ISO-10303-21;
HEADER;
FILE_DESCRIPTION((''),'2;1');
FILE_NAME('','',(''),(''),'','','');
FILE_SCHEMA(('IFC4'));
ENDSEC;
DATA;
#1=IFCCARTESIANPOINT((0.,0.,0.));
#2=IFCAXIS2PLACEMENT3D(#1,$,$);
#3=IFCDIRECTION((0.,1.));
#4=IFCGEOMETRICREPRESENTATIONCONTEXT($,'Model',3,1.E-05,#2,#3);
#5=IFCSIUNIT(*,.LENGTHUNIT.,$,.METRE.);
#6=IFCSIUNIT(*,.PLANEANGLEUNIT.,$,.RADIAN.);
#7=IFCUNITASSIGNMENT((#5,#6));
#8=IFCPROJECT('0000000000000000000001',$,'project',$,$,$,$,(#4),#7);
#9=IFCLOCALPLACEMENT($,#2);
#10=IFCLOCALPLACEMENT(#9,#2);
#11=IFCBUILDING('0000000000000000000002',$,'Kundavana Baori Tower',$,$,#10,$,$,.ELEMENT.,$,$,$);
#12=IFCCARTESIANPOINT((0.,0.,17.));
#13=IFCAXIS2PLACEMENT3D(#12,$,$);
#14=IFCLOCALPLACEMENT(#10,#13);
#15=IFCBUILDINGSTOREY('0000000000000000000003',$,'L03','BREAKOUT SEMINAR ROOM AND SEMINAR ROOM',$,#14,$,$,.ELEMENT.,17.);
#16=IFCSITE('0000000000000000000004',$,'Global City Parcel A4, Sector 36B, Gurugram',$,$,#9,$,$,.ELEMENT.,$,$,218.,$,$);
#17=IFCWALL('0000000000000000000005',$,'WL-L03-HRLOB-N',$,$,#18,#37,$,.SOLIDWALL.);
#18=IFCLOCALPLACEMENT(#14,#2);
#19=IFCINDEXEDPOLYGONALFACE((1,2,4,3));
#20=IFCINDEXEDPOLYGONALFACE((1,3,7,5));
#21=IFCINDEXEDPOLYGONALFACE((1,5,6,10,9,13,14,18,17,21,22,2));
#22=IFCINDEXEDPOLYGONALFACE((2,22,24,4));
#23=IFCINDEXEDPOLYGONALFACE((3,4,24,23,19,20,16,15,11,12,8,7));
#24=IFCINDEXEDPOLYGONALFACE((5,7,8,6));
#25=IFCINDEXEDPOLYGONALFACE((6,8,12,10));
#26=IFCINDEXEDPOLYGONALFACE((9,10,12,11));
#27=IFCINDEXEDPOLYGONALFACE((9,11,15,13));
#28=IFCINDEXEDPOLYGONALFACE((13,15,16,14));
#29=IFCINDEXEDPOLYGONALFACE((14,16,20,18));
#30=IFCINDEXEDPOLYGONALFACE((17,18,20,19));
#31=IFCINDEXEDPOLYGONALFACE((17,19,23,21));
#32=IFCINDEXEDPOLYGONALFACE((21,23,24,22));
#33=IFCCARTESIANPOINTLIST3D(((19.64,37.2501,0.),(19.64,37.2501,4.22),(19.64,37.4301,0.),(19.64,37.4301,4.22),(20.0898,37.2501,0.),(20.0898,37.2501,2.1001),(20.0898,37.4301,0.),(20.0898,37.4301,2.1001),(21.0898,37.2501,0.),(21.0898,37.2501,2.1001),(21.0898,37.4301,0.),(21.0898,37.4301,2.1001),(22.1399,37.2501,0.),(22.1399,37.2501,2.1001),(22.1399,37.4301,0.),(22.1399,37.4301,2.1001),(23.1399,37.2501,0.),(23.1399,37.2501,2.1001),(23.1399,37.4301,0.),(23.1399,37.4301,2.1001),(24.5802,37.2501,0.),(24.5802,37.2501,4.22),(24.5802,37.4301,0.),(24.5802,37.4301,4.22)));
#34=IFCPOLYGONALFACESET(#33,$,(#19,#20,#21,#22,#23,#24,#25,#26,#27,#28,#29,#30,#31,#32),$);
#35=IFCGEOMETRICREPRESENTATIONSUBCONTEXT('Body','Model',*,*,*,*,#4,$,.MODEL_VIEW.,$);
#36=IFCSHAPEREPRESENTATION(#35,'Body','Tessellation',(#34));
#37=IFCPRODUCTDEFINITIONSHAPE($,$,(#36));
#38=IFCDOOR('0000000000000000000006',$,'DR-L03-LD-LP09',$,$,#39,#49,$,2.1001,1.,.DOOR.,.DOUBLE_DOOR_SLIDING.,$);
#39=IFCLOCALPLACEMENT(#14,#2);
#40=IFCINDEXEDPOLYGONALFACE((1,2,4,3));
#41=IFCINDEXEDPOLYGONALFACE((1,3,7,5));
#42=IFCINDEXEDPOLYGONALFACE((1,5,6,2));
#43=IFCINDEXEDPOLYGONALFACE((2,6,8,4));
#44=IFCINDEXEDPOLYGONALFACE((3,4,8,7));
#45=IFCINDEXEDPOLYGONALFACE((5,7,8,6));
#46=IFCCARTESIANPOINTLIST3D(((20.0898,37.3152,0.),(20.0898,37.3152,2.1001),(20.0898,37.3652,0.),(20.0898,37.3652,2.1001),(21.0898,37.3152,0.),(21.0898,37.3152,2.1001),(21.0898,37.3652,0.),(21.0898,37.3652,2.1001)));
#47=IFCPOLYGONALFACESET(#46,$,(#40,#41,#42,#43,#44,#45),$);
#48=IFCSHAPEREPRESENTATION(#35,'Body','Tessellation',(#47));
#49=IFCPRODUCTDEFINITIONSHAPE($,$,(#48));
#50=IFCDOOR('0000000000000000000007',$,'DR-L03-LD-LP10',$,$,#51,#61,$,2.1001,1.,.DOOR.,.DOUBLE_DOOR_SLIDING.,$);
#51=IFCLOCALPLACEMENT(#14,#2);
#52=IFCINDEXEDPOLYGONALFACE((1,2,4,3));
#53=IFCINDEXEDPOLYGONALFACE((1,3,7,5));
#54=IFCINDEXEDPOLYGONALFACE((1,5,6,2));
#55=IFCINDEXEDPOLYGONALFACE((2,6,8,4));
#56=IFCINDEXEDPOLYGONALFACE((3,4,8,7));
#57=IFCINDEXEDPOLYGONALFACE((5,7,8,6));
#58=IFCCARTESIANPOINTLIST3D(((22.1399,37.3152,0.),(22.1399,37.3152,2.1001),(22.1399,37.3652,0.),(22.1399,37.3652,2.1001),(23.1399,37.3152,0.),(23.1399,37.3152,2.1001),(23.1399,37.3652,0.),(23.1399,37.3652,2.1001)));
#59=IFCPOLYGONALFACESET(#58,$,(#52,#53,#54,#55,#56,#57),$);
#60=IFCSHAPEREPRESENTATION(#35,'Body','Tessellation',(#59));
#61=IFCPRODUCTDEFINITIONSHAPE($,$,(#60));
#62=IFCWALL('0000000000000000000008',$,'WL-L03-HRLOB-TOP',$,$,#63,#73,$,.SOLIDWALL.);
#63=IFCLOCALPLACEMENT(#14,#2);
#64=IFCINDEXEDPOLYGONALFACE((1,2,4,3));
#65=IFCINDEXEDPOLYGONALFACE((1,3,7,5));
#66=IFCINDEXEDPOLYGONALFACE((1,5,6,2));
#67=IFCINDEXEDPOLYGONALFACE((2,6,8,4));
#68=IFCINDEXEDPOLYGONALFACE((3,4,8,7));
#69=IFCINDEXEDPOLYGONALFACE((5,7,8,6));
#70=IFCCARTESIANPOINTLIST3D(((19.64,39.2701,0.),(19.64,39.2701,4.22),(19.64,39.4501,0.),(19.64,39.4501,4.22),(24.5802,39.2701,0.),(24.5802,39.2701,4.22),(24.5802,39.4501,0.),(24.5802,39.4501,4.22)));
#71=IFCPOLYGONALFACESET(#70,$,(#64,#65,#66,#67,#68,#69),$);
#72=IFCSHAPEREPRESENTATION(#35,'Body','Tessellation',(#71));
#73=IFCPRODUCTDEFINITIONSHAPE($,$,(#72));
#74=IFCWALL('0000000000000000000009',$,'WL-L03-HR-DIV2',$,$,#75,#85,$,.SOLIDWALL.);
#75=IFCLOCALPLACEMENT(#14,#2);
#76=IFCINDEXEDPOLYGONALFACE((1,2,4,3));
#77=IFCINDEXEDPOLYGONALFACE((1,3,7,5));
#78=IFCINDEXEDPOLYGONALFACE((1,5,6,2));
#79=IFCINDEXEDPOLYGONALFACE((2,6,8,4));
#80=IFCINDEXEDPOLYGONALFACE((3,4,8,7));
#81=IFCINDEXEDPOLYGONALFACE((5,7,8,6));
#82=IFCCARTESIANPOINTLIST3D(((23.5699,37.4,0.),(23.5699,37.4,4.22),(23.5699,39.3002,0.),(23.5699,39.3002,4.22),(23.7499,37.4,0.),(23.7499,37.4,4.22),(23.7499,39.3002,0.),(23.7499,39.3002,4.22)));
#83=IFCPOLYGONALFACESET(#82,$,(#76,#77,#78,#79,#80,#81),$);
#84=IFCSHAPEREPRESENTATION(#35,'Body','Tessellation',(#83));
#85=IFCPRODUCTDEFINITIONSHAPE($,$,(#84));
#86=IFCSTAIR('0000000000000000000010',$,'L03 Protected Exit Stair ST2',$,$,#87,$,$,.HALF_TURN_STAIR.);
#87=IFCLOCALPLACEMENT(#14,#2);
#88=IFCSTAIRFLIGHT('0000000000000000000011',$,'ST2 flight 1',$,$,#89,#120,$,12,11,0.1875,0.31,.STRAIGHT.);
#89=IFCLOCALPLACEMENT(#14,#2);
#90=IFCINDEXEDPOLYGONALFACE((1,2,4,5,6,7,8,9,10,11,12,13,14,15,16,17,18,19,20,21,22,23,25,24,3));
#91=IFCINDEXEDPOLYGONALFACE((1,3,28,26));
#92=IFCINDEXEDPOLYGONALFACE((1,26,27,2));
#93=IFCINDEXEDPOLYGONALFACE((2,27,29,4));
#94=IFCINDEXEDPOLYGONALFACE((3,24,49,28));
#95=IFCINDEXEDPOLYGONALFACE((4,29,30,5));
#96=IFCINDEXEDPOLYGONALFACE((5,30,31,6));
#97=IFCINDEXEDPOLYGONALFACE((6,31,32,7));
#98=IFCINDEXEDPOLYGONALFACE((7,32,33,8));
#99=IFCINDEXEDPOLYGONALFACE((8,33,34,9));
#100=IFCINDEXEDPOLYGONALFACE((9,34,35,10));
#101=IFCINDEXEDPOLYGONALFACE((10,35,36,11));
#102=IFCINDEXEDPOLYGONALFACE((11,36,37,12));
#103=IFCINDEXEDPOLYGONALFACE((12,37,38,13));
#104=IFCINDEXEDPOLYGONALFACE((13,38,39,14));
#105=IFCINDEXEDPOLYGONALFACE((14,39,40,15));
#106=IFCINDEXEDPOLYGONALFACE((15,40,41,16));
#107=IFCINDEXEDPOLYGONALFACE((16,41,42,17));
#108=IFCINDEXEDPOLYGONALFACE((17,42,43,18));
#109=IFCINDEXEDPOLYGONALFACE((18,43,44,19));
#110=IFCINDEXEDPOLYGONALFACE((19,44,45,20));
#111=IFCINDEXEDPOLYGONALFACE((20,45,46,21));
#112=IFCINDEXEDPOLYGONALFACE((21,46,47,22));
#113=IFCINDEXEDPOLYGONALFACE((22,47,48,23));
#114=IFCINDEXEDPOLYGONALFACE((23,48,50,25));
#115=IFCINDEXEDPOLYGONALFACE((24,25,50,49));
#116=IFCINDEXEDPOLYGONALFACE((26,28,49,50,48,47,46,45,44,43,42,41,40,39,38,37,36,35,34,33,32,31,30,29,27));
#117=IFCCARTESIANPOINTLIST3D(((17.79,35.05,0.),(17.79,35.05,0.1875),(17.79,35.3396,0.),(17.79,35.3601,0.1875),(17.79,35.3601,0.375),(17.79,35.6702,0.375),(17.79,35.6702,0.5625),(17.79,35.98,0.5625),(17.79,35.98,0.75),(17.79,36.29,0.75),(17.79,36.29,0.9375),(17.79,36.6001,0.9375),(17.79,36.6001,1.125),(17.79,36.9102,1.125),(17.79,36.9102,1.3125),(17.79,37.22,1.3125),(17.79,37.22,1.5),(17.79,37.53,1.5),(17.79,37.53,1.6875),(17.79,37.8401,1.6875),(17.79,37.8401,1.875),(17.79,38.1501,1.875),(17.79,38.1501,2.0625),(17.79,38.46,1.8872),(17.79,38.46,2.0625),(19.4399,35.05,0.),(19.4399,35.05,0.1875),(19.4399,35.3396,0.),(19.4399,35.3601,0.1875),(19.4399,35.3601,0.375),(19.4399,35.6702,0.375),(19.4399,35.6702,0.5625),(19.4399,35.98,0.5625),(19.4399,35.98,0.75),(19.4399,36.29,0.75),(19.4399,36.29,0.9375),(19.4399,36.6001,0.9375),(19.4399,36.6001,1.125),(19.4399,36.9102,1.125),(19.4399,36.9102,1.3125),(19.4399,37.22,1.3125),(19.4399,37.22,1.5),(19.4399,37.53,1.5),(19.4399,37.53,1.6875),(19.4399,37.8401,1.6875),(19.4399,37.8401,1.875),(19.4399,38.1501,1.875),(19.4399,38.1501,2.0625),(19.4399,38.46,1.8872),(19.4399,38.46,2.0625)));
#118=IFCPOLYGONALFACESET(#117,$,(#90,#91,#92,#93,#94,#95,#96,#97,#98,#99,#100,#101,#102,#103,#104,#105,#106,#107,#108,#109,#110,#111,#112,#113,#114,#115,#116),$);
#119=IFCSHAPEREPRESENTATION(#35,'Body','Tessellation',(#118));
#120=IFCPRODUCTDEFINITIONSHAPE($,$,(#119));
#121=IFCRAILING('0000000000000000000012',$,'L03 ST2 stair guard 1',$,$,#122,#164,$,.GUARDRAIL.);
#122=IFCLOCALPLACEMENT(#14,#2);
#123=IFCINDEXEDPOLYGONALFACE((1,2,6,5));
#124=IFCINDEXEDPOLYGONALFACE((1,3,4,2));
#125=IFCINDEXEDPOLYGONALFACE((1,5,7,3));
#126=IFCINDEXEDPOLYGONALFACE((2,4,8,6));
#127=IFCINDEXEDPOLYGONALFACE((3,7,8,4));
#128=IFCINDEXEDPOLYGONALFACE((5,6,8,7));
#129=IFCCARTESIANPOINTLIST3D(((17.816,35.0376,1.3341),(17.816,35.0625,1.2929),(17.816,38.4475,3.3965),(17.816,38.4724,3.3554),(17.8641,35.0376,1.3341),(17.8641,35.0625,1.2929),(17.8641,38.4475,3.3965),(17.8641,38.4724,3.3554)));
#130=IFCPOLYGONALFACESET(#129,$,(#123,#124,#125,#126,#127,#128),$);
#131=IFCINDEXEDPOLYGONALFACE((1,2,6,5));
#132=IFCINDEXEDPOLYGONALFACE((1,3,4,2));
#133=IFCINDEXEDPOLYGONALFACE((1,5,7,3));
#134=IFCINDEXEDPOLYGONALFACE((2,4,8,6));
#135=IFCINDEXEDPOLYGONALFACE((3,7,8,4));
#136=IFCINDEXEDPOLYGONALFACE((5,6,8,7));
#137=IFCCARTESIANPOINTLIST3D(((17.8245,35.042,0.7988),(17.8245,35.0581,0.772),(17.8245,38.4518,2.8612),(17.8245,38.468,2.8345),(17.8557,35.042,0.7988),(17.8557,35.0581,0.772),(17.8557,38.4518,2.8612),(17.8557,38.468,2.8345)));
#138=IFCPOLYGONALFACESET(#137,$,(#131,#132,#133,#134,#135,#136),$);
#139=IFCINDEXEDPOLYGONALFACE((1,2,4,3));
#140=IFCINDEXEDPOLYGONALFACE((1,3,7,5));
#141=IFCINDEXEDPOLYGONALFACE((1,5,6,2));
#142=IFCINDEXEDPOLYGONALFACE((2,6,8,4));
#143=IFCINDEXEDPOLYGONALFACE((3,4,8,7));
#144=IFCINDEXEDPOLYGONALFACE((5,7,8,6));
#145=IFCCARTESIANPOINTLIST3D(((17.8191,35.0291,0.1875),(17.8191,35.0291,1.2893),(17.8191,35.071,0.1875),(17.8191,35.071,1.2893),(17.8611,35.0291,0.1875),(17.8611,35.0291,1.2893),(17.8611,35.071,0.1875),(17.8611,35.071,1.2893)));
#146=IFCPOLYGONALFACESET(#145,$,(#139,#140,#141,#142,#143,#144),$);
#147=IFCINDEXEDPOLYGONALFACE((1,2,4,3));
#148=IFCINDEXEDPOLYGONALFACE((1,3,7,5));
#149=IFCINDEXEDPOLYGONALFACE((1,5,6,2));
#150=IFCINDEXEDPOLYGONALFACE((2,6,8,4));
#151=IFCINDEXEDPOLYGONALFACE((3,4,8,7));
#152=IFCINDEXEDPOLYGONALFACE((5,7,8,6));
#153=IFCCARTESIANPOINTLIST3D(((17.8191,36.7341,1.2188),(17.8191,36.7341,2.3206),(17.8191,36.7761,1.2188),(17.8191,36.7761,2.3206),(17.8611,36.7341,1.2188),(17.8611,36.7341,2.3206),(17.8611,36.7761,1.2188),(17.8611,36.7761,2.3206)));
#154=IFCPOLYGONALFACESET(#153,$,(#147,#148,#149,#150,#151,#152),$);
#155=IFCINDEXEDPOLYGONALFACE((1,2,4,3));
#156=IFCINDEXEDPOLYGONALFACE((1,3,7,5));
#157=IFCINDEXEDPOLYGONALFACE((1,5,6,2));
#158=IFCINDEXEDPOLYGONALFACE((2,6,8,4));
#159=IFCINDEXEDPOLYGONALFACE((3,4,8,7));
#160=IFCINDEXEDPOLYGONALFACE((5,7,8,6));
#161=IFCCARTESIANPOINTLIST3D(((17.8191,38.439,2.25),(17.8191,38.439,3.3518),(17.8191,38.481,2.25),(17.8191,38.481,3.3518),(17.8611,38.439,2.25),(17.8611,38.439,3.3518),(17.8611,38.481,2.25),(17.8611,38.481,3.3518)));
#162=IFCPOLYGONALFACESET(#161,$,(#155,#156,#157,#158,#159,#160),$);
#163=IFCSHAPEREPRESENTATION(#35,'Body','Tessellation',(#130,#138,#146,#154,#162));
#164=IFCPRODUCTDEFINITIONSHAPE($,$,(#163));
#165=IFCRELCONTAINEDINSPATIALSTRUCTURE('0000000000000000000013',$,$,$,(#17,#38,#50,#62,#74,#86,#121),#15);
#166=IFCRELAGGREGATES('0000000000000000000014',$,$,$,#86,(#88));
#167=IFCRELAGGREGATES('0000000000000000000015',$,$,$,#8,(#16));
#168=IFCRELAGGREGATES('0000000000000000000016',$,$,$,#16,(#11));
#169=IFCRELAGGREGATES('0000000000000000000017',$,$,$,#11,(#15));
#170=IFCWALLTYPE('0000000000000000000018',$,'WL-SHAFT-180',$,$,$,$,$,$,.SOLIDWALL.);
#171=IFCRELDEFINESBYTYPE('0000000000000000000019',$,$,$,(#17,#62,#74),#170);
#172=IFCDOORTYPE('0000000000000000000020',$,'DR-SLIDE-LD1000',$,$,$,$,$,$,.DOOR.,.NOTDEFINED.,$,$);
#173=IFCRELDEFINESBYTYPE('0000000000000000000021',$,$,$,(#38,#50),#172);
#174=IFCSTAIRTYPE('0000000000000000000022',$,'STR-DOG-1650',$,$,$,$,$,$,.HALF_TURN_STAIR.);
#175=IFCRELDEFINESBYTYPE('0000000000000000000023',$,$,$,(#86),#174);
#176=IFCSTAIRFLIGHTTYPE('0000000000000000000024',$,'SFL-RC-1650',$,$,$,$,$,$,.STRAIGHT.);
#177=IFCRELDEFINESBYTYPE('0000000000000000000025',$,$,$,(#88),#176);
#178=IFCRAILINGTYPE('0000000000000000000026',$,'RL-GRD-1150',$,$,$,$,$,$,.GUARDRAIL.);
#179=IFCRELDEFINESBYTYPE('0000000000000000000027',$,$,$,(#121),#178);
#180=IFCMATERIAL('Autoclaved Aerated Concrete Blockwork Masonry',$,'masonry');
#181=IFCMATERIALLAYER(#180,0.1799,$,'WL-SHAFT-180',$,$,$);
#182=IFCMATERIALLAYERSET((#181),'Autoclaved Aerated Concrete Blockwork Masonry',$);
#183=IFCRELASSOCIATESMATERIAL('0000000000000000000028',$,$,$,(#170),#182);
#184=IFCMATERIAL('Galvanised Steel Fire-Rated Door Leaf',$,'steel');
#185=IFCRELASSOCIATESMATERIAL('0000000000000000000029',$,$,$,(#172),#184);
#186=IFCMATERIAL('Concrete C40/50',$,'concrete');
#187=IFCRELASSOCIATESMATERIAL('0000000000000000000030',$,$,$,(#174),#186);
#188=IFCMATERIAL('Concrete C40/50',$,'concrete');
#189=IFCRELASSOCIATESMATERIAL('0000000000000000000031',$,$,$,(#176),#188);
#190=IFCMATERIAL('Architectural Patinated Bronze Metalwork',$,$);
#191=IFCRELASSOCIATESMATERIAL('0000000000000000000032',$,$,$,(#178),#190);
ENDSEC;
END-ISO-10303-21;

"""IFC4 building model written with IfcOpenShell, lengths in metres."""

from ifc_helpers import new_model, si_unit, direction, frame, frame_2d, origin, origin_2d, place, context, subcontext, project, spatial, polyline, rectangle, outline, extrude, material, layer, layer_set, type_object, element, fill, aggregate, save


model = new_model("IFC4")

# Units and contexts
model_context = context("Model", 3, precision=1e-05, world=origin(), true_north=direction((0.0, 1.0)))
body_context = subcontext(model_context, "Body", "Model", "MODEL_VIEW")
ifc_project = project(units=[si_unit("LENGTHUNIT", "METRE"), si_unit("PLANEANGLEUNIT", "RADIAN")], contexts=[model_context])

# Site, building, storey
site_placement = place(None, origin())
site = spatial("IfcSite", under=ifc_project, at=site_placement, Name="Global City Parcel A4, Sector 36B, Gurugram", CompositionType="ELEMENT", RefElevation=218.0)
building_placement = place(site_placement, origin())
building = spatial("IfcBuilding", under=site, at=building_placement, Name="Kundavana Baori Tower", CompositionType="ELEMENT")
storey_placement = place(building_placement, frame((0.0, 0.0, 17.0)))
storey = spatial("IfcBuildingStorey", under=building, at=storey_placement, Name="L03", Description="BREAKOUT SEMINAR ROOM AND SEMINAR ROOM", CompositionType="ELEMENT", Elevation=17.0)

# Shared definitions
ifc_material_1 = material(Name="Autoclaved Aerated Concrete Blockwork Masonry", Category="masonry")
ifc_layer_1 = layer(ifc_material_1, 0.1799, Name="WL-SHAFT-180")
ifc_layer_set_1 = layer_set([ifc_layer_1], Name="Autoclaved Aerated Concrete Blockwork Masonry")
wall_type_1 = type_object("IfcWallType", Name="WL-SHAFT-180", PredefinedType="SOLIDWALL", material=ifc_layer_set_1)
ifc_material_2 = material(Name="Galvanised Steel Fire-Rated Door Leaf", Category="steel")
door_type_1 = type_object("IfcDoorType", Name="DR-SLIDE-LD1000", OperationType="NOTDEFINED", PredefinedType="DOOR", material=ifc_material_2)

# Wall, openings, doors
wall_1_placement = place(storey_placement, frame((19.6399, 37.3401, 0.0), z_axis=(0.0, 0.0, 1.0), x_axis=(1.0, 0.0, 0.0)))
wall_1 = element("IfcWall", 1, at=wall_1_placement, inside=storey, type_object=wall_type_1, Name="WL-L03-HRLOB-N", PredefinedType="SOLIDWALL", context=body_context, shape_type="SweptSolid", body=[
    extrude(rectangle(XDim=4.9402, YDim=0.1799, at=frame_2d((2.4702, 0.0))), origin(), (0.0, 0.0, 1.0), 4.22),
])
opening_1_placement = place(wall_1_placement, frame((0.45, 0.0, 0.0)))
opening_1 = element("IfcOpeningElement", 2, at=opening_1_placement, cuts=wall_1, PredefinedType="OPENING", context=body_context, shape_type="SweptSolid", body=[
    extrude(rectangle(XDim=1.0, YDim=2.1001, at=frame_2d((0.5, 1.05))), frame((0.0, 0.1001, 0.0), z_axis=(0.0, -1.0, 0.0), x_axis=(1.0, 0.0, 0.0)), (0.0, 0.0, 1.0), 0.2),
])
opening_2_placement = place(wall_1_placement, frame((2.5, 0.0, 0.0)))
opening_2 = element("IfcOpeningElement", 3, at=opening_2_placement, cuts=wall_1, PredefinedType="OPENING", context=body_context, shape_type="SweptSolid", body=[
    extrude(rectangle(XDim=1.0, YDim=2.1001, at=frame_2d((0.5, 1.05))), frame((0.0, 0.1001, 0.0), z_axis=(0.0, -1.0, 0.0), x_axis=(1.0, 0.0, 0.0)), (0.0, 0.0, 1.0), 0.2),
])
door_1_placement = place(opening_1_placement, frame((1.0, 0.0, 0.0), z_axis=(0.0, 0.0, 1.0), x_axis=(-1.0, 0.0, 0.0)))
door_1 = element("IfcDoor", 4, at=door_1_placement, inside=storey, type_object=door_type_1, Name="DR-L03-LD-LP09", OperationType="DOUBLE_DOOR_SLIDING", OverallHeight=2.1001, OverallWidth=1.0, PredefinedType="DOOR", context=body_context, shape_type="SweptSolid", body=[
    extrude(rectangle(XDim=1.0, YDim=2.1001, at=frame_2d((0.5, 1.05))), frame((0.0, 0.0249, 0.0), z_axis=(0.0, -1.0, 0.0), x_axis=(1.0, 0.0, 0.0)), (0.0, 0.0, 1.0), 0.05),
])
fill(opening_1, door_1)
door_2_placement = place(opening_2_placement, frame((1.0, 0.0, 0.0), z_axis=(0.0, 0.0, 1.0), x_axis=(-1.0, 0.0, 0.0)))
door_2 = element("IfcDoor", 5, at=door_2_placement, inside=storey, type_object=door_type_1, Name="DR-L03-LD-LP10", OperationType="DOUBLE_DOOR_SLIDING", OverallHeight=2.1001, OverallWidth=1.0, PredefinedType="DOOR", context=body_context, shape_type="SweptSolid", body=[
    extrude(rectangle(XDim=1.0, YDim=2.1001, at=frame_2d((0.5, 1.05))), frame((0.0, 0.0249, 0.0), z_axis=(0.0, -1.0, 0.0), x_axis=(1.0, 0.0, 0.0)), (0.0, 0.0, 1.0), 0.05),
])
fill(opening_2, door_2)

# Walls
wall_2_placement = place(storey_placement, frame((19.6399, 39.3601, 0.0), z_axis=(0.0, 0.0, 1.0), x_axis=(1.0, 0.0, 0.0)))
element("IfcWall", 6, at=wall_2_placement, inside=storey, type_object=wall_type_1, Name="WL-L03-HRLOB-TOP", PredefinedType="SOLIDWALL", context=body_context, shape_type="SweptSolid", body=[
    extrude(rectangle(XDim=4.9402, YDim=0.1799, at=frame_2d((2.4702, 0.0))), origin(), (0.0, 0.0, 1.0), 4.22),
])
wall_3_placement = place(storey_placement, frame((23.6599, 37.3999, 0.0), z_axis=(0.0, 0.0, 1.0), x_axis=(0.0, 1.0, 0.0)))
element("IfcWall", 7, at=wall_3_placement, inside=storey, type_object=wall_type_1, Name="WL-L03-HR-DIV2", PredefinedType="SOLIDWALL", context=body_context, shape_type="SweptSolid", body=[
    extrude(rectangle(XDim=1.9001, YDim=0.1799, at=frame_2d((0.9502, 0.0))), origin(), (0.0, 0.0, 1.0), 4.22),
])

# Stair, stair flight
ifc_material_3 = material(Name="Concrete C40/50", Category="concrete")
stair_type = type_object("IfcStairType", Name="STR-DOG-1650", PredefinedType="HALF_TURN_STAIR", material=ifc_material_3)
stair_placement = place(storey_placement, origin())
stair = element("IfcStair", 8, at=stair_placement, inside=storey, type_object=stair_type, Name="L03 Protected Exit Stair ST2", PredefinedType="HALF_TURN_STAIR")
ifc_material_4 = material(Name="Concrete C40/50", Category="concrete")
stair_flight_type = type_object("IfcStairFlightType", Name="SFL-RC-1650", PredefinedType="STRAIGHT", material=ifc_material_4)
stair_flight_placement = place(storey_placement, frame((18.615, 35.05, 0.0), z_axis=(0.0, 0.0, 1.0), x_axis=(0.0, 1.0, 0.0)))
stair_flight = element("IfcStairFlight", 9, at=stair_flight_placement, type_object=stair_flight_type, Name="ST2 flight 1", NumberOfRisers=12, NumberOfTreads=11, PredefinedType="STRAIGHT", RiserHeight=0.1875, TreadLength=0.31, context=body_context, shape_type="SweptSolid", body=[
    extrude(outline(polyline([(0.0, 0.0), (0.0, 0.1875), (0.3101, 0.1875), (0.3101, 0.375), (0.6201, 0.375), (0.6201, 0.5625), (0.9299, 0.5625), (0.9299, 0.75), (1.24, 0.75), (1.24, 0.9375), (1.55, 0.9375), (1.55, 1.125), (1.8601, 1.125), (1.8601, 1.3125), (2.1699, 1.3125), (2.1699, 1.5), (2.48, 1.5), (2.48, 1.6875), (2.79, 1.6875), (2.79, 1.875), (3.1001, 1.875), (3.1001, 2.0625), (3.4099, 2.0625), (3.4099, 2.25), (3.4099, 1.8872), (0.2896, 0.0), (0.0, 0.0)])), frame((0.0, 0.825, 0.0), z_axis=(0.0, -1.0, 0.0), x_axis=(1.0, 0.0, 0.0)), (0.0, 0.0, 1.0), 1.6499),
])
aggregate(stair, [stair_flight])

# Railing
ifc_material_5 = material(Name="Architectural Patinated Bronze Metalwork")
railing_type_1 = type_object("IfcRailingType", Name="RL-GRD-1150", PredefinedType="GUARDRAIL", material=ifc_material_5)
railing_1_placement = place(storey_placement, frame((17.8401, 35.05, 0.1875)))
element("IfcRailing", 10, at=railing_1_placement, inside=storey, type_object=railing_type_1, Name="L03 ST2 stair guard 1", PredefinedType="GUARDRAIL", context=body_context, shape_type="SweptSolid", body=[
    extrude(rectangle(XDim=0.0481, YDim=0.0481, at=origin_2d()), frame((0.0, 0.0, 1.126), z_axis=(0.0, 0.855655, 0.517547), x_axis=(-1.0, 0.0, 0.0)), (0.0, 0.0, 1.0), 3.9851),
    extrude(rectangle(XDim=0.0312, YDim=0.0312, at=origin_2d()), frame((0.0, 0.0, 0.5979), z_axis=(0.0, 0.855655, 0.517547), x_axis=(-1.0, 0.0, 0.0)), (0.0, 0.0, 1.0), 3.9851),
    extrude(rectangle(XDim=0.042, YDim=0.042, at=origin_2d()), origin(), (0.0, 0.0, 1.0), 1.1018),
    extrude(rectangle(XDim=0.042, YDim=0.042, at=origin_2d()), frame((0.0, 1.7051, 1.0312)), (0.0, 0.0, 1.0), 1.1018),
    extrude(rectangle(XDim=0.042, YDim=0.042, at=origin_2d()), frame((0.0, 3.4099, 2.0625)), (0.0, 0.0, 1.0), 1.1018),
])

save(model, "model.ifc")
